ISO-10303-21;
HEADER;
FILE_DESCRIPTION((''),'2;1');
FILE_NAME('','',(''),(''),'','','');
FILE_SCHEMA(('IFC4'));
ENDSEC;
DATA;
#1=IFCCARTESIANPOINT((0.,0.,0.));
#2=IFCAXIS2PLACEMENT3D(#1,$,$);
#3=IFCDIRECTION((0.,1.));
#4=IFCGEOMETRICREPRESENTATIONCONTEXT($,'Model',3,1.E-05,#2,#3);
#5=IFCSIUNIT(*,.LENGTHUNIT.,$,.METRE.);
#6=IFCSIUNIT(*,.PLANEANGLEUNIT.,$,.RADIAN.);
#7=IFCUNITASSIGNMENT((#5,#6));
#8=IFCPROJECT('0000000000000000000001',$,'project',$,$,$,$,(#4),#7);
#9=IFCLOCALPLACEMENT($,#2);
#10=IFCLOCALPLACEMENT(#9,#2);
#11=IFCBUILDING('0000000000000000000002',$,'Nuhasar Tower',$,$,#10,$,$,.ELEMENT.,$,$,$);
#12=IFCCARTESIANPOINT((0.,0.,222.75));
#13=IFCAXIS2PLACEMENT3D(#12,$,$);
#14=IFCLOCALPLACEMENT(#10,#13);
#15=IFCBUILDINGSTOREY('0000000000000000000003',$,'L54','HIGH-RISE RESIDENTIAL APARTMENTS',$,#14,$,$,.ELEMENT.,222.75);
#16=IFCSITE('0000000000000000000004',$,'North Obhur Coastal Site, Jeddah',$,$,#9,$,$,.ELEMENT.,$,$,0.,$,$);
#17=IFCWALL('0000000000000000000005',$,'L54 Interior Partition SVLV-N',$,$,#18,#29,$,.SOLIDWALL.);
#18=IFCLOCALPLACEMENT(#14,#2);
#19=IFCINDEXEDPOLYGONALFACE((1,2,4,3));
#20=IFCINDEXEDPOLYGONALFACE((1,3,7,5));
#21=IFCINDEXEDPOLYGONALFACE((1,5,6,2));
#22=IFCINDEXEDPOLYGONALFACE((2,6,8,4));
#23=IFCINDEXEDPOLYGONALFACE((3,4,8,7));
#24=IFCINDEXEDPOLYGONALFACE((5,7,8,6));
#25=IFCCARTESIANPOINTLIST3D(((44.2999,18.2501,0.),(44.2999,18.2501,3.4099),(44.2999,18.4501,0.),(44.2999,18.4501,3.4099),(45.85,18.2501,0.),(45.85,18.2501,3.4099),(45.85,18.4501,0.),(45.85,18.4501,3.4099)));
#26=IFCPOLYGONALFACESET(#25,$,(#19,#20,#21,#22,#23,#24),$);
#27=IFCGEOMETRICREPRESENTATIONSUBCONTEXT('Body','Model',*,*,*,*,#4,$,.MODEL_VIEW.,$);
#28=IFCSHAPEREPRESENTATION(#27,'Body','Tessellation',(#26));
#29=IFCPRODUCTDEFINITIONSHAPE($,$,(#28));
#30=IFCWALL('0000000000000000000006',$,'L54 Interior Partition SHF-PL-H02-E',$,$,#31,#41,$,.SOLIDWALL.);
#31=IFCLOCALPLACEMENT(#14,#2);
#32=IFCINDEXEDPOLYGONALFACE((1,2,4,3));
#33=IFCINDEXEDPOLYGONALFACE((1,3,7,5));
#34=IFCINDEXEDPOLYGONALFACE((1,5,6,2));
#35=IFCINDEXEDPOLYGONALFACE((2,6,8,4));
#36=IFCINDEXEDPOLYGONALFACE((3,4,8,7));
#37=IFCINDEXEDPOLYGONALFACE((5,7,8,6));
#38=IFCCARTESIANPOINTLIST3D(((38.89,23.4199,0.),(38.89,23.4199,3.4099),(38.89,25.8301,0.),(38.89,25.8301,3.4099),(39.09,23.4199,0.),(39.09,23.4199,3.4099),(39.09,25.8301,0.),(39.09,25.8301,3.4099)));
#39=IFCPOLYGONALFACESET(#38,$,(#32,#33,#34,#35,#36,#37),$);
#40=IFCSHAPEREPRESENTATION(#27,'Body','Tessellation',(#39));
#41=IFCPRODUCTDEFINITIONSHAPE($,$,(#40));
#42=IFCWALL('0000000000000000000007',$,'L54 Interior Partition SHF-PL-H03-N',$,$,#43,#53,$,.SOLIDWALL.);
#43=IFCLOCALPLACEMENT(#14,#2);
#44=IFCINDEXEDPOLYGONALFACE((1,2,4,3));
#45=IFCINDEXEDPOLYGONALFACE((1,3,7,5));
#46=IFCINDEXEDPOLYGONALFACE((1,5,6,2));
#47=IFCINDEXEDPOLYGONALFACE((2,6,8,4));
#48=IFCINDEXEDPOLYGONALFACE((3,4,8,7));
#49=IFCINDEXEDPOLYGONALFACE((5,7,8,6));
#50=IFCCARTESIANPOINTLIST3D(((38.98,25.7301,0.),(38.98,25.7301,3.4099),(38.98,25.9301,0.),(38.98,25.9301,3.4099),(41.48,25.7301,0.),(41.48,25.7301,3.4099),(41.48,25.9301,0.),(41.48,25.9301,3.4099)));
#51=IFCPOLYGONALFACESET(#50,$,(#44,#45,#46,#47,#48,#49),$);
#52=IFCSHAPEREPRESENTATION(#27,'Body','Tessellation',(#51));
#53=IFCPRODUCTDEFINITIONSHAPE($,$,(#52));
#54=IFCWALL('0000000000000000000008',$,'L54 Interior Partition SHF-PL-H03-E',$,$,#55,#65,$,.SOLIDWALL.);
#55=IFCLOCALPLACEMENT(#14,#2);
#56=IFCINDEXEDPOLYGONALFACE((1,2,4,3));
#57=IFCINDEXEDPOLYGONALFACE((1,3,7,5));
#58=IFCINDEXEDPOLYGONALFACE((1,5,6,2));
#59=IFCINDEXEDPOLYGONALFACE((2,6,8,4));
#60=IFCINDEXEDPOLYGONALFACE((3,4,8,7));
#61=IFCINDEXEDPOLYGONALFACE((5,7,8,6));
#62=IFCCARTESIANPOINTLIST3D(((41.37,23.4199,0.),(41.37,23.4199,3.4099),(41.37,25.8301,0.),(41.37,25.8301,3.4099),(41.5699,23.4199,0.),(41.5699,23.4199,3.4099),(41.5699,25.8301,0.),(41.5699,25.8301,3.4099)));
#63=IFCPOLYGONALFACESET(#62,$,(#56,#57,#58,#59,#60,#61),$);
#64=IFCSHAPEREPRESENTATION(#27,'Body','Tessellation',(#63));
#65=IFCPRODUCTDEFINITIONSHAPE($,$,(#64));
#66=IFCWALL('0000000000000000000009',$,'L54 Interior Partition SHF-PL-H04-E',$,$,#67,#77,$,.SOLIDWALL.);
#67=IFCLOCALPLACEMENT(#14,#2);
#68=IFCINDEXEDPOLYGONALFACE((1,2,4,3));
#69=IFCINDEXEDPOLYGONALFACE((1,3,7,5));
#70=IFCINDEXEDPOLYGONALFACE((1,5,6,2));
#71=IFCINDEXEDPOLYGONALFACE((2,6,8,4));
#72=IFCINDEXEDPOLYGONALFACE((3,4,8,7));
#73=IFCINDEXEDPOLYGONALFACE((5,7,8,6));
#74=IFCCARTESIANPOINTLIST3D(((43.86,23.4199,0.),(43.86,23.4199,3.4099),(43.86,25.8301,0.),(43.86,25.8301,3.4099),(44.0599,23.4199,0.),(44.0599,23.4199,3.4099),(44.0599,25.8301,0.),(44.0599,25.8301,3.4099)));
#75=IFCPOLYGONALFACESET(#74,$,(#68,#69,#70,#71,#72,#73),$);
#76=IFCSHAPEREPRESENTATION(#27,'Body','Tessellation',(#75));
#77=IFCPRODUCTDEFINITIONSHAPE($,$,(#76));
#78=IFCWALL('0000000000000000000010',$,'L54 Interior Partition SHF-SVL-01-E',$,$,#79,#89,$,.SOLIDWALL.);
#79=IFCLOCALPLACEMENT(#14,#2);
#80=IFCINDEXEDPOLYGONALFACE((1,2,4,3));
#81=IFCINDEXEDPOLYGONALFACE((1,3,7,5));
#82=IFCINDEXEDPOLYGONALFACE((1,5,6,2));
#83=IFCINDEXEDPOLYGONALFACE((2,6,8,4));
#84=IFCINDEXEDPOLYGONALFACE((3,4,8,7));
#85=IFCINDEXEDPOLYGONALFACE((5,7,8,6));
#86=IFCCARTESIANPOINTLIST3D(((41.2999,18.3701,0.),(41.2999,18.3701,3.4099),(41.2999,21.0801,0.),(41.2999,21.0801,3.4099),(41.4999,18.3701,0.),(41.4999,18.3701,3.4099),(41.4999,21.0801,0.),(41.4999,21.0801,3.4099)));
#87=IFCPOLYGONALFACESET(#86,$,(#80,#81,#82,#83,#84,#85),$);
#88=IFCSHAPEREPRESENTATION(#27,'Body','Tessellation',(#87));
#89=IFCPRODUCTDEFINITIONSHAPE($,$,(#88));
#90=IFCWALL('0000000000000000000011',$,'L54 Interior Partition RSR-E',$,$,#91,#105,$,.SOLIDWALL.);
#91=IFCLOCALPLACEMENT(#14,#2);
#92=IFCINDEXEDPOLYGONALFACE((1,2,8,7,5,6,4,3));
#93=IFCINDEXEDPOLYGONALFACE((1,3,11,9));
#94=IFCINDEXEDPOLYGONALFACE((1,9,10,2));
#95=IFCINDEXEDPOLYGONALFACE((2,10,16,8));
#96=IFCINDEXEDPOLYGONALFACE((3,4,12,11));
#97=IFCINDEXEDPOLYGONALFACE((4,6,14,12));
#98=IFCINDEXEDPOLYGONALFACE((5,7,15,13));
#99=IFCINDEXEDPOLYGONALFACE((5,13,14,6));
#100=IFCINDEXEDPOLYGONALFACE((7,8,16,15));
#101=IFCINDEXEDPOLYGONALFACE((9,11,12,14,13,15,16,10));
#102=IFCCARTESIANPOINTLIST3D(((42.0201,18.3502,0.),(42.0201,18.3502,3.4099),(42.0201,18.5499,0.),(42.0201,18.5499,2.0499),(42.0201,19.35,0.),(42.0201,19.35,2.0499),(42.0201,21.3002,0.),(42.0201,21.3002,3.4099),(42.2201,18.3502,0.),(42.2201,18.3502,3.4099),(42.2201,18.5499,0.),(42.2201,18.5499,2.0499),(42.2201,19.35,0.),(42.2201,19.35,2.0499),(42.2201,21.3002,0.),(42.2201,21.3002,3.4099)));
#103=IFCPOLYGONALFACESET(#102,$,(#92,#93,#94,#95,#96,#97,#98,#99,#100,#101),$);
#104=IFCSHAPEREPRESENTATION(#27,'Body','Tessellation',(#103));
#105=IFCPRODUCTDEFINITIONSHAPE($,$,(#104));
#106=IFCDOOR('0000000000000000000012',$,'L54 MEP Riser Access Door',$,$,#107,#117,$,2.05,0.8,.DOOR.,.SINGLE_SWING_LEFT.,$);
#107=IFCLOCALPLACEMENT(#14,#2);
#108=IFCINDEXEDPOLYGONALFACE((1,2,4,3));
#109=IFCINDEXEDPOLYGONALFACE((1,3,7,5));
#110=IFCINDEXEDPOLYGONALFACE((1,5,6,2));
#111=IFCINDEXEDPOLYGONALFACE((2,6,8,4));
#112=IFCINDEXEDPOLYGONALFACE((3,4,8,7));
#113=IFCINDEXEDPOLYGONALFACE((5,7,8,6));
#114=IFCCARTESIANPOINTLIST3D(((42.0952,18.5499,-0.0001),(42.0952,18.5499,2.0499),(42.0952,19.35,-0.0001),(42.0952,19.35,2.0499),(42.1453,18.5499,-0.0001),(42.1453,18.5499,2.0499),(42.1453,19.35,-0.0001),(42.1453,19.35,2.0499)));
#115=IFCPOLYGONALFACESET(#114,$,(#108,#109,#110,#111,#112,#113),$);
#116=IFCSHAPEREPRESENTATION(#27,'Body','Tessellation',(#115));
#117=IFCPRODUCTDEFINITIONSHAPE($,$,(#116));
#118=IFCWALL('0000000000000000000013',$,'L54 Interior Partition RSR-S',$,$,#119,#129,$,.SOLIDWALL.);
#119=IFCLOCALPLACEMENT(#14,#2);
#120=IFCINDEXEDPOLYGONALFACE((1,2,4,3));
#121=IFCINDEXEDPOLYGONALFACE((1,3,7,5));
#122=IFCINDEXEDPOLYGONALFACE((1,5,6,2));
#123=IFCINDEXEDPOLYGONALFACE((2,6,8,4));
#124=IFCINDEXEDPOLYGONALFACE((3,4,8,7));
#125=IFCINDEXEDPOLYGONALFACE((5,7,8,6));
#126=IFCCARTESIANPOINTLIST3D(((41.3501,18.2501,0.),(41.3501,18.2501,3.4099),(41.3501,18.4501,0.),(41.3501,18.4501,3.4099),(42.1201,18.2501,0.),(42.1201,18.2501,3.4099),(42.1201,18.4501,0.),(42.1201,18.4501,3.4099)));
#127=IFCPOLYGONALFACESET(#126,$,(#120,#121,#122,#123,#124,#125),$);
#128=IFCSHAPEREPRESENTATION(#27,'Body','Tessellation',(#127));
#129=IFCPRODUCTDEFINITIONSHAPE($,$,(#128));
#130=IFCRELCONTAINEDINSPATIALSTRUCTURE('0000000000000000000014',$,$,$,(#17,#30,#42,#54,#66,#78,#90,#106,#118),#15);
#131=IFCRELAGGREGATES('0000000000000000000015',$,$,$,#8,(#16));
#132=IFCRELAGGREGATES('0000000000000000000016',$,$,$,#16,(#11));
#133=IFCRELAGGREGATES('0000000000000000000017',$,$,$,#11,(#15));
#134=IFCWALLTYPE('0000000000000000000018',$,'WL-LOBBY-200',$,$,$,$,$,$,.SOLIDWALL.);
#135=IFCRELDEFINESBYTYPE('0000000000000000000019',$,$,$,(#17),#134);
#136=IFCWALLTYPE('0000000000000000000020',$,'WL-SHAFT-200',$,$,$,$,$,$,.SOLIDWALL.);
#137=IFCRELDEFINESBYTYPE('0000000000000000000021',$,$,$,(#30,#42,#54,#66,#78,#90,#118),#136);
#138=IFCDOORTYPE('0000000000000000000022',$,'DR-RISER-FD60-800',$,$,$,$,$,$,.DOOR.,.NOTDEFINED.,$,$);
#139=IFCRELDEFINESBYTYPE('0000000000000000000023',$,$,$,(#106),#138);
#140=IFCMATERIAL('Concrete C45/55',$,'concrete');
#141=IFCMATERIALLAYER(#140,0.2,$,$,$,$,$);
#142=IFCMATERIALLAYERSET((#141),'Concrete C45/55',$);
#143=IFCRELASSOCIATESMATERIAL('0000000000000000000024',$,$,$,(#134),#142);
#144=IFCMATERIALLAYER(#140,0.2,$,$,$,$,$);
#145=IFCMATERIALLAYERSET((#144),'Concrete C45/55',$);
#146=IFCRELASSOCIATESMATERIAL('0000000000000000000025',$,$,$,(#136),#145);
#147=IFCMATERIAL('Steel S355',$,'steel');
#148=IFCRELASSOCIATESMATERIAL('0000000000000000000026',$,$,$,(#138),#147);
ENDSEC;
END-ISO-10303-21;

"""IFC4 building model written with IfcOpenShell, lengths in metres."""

from ifc_helpers import new_model, si_unit, direction, frame, frame_2d, origin, place, context, subcontext, project, spatial, rectangle, extrude, material, layer, layer_set, type_object, element, fill, save


model = new_model("IFC4")

# Units and contexts
model_context = context("Model", 3, precision=1e-05, world=origin(), true_north=direction((0.0, 1.0)))
body_context = subcontext(model_context, "Body", "Model", "MODEL_VIEW")
ifc_project = project(units=[si_unit("LENGTHUNIT", "METRE"), si_unit("PLANEANGLEUNIT", "RADIAN")], contexts=[model_context])

# Site, building, storey
site_placement = place(None, origin())
site = spatial("IfcSite", under=ifc_project, at=site_placement, Name="North Obhur Coastal Site, Jeddah", CompositionType="ELEMENT", RefElevation=0.0)
building_placement = place(site_placement, origin())
building = spatial("IfcBuilding", under=site, at=building_placement, Name="Nuhasar Tower", CompositionType="ELEMENT")
storey_placement = place(building_placement, frame((0.0, 0.0, 222.75)))
storey = spatial("IfcBuildingStorey", under=building, at=storey_placement, Name="L54", Description="HIGH-RISE RESIDENTIAL APARTMENTS", CompositionType="ELEMENT", Elevation=222.75)

# Shared definitions
ifc_material_1 = material(Name="Steel S355", Category="steel")

# Shared definitions
ifc_material_2 = material(Name="Concrete C45/55", Category="concrete")
ifc_layer_1 = layer(ifc_material_2, 0.2)
ifc_layer_set_1 = layer_set([ifc_layer_1], Name="Concrete C45/55")
wall_type_1 = type_object("IfcWallType", Name="WL-LOBBY-200", PredefinedType="SOLIDWALL", material=ifc_layer_set_1)

# Walls
wall_1_placement = place(storey_placement, frame((44.3, 18.3501, 0.0), z_axis=(0.0, 0.0, 1.0), x_axis=(1.0, 0.0, 0.0)))
element("IfcWall", 1, at=wall_1_placement, inside=storey, type_object=wall_type_1, Name="L54 Interior Partition SVLV-N", PredefinedType="SOLIDWALL", context=body_context, shape_type="SweptSolid", body=[
    extrude(rectangle(XDim=1.55, YDim=0.2, at=frame_2d((0.7749, 0.0))), origin(), (0.0, 0.0, 1.0), 3.4099),
])
ifc_layer_2 = layer(ifc_material_2, 0.2)
ifc_layer_set_2 = layer_set([ifc_layer_2], Name="Concrete C45/55")
wall_type_2 = type_object("IfcWallType", Name="WL-SHAFT-200", PredefinedType="SOLIDWALL", material=ifc_layer_set_2)
wall_2_placement = place(storey_placement, frame((38.99, 23.4199, 0.0), z_axis=(0.0, 0.0, 1.0), x_axis=(0.0, 1.0, 0.0)))
element("IfcWall", 2, at=wall_2_placement, inside=storey, type_object=wall_type_2, Name="L54 Interior Partition SHF-PL-H02-E", PredefinedType="SOLIDWALL", context=body_context, shape_type="SweptSolid", body=[
    extrude(rectangle(XDim=2.4102, YDim=0.2, at=frame_2d((1.2051, 0.0))), origin(), (0.0, 0.0, 1.0), 3.4099),
])

# Walls
wall_3_placement = place(storey_placement, frame((38.98, 25.8301, 0.0), z_axis=(0.0, 0.0, 1.0), x_axis=(1.0, 0.0, 0.0)))
element("IfcWall", 3, at=wall_3_placement, inside=storey, type_object=wall_type_2, Name="L54 Interior Partition SHF-PL-H03-N", PredefinedType="SOLIDWALL", context=body_context, shape_type="SweptSolid", body=[
    extrude(rectangle(XDim=2.5, YDim=0.2, at=frame_2d((1.25, 0.0))), origin(), (0.0, 0.0, 1.0), 3.4099),
])
wall_4_placement = place(storey_placement, frame((41.47, 23.4199, 0.0), z_axis=(0.0, 0.0, 1.0), x_axis=(0.0, 1.0, 0.0)))
element("IfcWall", 4, at=wall_4_placement, inside=storey, type_object=wall_type_2, Name="L54 Interior Partition SHF-PL-H03-E", PredefinedType="SOLIDWALL", context=body_context, shape_type="SweptSolid", body=[
    extrude(rectangle(XDim=2.4102, YDim=0.2, at=frame_2d((1.2051, 0.0))), origin(), (0.0, 0.0, 1.0), 3.4099),
])

# Walls
wall_5_placement = place(storey_placement, frame((43.96, 23.4199, 0.0), z_axis=(0.0, 0.0, 1.0), x_axis=(0.0, 1.0, 0.0)))
element("IfcWall", 5, at=wall_5_placement, inside=storey, type_object=wall_type_2, Name="L54 Interior Partition SHF-PL-H04-E", PredefinedType="SOLIDWALL", context=body_context, shape_type="SweptSolid", body=[
    extrude(rectangle(XDim=2.4102, YDim=0.2, at=frame_2d((1.2051, 0.0))), origin(), (0.0, 0.0, 1.0), 3.4099),
])
wall_6_placement = place(storey_placement, frame((41.3999, 18.3701, 0.0), z_axis=(0.0, 0.0, 1.0), x_axis=(0.0, 1.0, 0.0)))
element("IfcWall", 6, at=wall_6_placement, inside=storey, type_object=wall_type_2, Name="L54 Interior Partition SHF-SVL-01-E", PredefinedType="SOLIDWALL", context=body_context, shape_type="SweptSolid", body=[
    extrude(rectangle(XDim=2.71, YDim=0.2, at=frame_2d((1.355, 0.0))), origin(), (0.0, 0.0, 1.0), 3.4099),
])

# Wall, opening, door
wall_7_placement = place(storey_placement, frame((42.1201, 18.3501, 0.0), z_axis=(0.0, 0.0, 1.0), x_axis=(0.0, 1.0, 0.0)))
wall_7 = element("IfcWall", 7, at=wall_7_placement, inside=storey, type_object=wall_type_2, Name="L54 Interior Partition RSR-E", PredefinedType="SOLIDWALL", context=body_context, shape_type="SweptSolid", body=[
    extrude(rectangle(XDim=2.95, YDim=0.2, at=frame_2d((1.4751, 0.0))), origin(), (0.0, 0.0, 1.0), 3.4099),
])
opening_1_placement = place(wall_7_placement, frame((0.2, 0.0, 0.0)))
opening_1 = element("IfcOpeningElement", 8, at=opening_1_placement, cuts=wall_7, PredefinedType="OPENING", context=body_context, shape_type="SweptSolid", body=[
    extrude(rectangle(XDim=0.8, YDim=2.05, at=frame_2d((0.3999, 1.0249))), frame((0.0, 0.1099, 0.0), z_axis=(0.0, -1.0, 0.0), x_axis=(1.0, 0.0, 0.0)), (0.0, 0.0, 1.0), 0.22),
])
door_type_1 = type_object("IfcDoorType", Name="DR-RISER-FD60-800", OperationType="NOTDEFINED", PredefinedType="DOOR", material=ifc_material_1)
door_1_placement = place(opening_1_placement, origin())
door_1 = element("IfcDoor", 9, at=door_1_placement, inside=storey, type_object=door_type_1, Name="L54 MEP Riser Access Door", OperationType="SINGLE_SWING_LEFT", OverallHeight=2.05, OverallWidth=0.8, PredefinedType="DOOR", context=body_context, shape_type="SweptSolid", body=[
    extrude(rectangle(XDim=0.8, YDim=2.05, at=frame_2d((0.3999, 1.0249))), frame((0.0, 0.0249, 0.0), z_axis=(0.0, -1.0, 0.0), x_axis=(1.0, 0.0, 0.0)), (0.0, 0.0, 1.0), 0.05),
])
fill(opening_1, door_1)

# Wall
wall_8_placement = place(storey_placement, frame((41.3501, 18.3501, 0.0), z_axis=(0.0, 0.0, 1.0), x_axis=(1.0, 0.0, 0.0)))
element("IfcWall", 10, at=wall_8_placement, inside=storey, type_object=wall_type_2, Name="L54 Interior Partition RSR-S", PredefinedType="SOLIDWALL", context=body_context, shape_type="SweptSolid", body=[
    extrude(rectangle(XDim=0.77, YDim=0.2, at=frame_2d((0.385, 0.0))), origin(), (0.0, 0.0, 1.0), 3.4099),
])

save(model, "model.ifc")
